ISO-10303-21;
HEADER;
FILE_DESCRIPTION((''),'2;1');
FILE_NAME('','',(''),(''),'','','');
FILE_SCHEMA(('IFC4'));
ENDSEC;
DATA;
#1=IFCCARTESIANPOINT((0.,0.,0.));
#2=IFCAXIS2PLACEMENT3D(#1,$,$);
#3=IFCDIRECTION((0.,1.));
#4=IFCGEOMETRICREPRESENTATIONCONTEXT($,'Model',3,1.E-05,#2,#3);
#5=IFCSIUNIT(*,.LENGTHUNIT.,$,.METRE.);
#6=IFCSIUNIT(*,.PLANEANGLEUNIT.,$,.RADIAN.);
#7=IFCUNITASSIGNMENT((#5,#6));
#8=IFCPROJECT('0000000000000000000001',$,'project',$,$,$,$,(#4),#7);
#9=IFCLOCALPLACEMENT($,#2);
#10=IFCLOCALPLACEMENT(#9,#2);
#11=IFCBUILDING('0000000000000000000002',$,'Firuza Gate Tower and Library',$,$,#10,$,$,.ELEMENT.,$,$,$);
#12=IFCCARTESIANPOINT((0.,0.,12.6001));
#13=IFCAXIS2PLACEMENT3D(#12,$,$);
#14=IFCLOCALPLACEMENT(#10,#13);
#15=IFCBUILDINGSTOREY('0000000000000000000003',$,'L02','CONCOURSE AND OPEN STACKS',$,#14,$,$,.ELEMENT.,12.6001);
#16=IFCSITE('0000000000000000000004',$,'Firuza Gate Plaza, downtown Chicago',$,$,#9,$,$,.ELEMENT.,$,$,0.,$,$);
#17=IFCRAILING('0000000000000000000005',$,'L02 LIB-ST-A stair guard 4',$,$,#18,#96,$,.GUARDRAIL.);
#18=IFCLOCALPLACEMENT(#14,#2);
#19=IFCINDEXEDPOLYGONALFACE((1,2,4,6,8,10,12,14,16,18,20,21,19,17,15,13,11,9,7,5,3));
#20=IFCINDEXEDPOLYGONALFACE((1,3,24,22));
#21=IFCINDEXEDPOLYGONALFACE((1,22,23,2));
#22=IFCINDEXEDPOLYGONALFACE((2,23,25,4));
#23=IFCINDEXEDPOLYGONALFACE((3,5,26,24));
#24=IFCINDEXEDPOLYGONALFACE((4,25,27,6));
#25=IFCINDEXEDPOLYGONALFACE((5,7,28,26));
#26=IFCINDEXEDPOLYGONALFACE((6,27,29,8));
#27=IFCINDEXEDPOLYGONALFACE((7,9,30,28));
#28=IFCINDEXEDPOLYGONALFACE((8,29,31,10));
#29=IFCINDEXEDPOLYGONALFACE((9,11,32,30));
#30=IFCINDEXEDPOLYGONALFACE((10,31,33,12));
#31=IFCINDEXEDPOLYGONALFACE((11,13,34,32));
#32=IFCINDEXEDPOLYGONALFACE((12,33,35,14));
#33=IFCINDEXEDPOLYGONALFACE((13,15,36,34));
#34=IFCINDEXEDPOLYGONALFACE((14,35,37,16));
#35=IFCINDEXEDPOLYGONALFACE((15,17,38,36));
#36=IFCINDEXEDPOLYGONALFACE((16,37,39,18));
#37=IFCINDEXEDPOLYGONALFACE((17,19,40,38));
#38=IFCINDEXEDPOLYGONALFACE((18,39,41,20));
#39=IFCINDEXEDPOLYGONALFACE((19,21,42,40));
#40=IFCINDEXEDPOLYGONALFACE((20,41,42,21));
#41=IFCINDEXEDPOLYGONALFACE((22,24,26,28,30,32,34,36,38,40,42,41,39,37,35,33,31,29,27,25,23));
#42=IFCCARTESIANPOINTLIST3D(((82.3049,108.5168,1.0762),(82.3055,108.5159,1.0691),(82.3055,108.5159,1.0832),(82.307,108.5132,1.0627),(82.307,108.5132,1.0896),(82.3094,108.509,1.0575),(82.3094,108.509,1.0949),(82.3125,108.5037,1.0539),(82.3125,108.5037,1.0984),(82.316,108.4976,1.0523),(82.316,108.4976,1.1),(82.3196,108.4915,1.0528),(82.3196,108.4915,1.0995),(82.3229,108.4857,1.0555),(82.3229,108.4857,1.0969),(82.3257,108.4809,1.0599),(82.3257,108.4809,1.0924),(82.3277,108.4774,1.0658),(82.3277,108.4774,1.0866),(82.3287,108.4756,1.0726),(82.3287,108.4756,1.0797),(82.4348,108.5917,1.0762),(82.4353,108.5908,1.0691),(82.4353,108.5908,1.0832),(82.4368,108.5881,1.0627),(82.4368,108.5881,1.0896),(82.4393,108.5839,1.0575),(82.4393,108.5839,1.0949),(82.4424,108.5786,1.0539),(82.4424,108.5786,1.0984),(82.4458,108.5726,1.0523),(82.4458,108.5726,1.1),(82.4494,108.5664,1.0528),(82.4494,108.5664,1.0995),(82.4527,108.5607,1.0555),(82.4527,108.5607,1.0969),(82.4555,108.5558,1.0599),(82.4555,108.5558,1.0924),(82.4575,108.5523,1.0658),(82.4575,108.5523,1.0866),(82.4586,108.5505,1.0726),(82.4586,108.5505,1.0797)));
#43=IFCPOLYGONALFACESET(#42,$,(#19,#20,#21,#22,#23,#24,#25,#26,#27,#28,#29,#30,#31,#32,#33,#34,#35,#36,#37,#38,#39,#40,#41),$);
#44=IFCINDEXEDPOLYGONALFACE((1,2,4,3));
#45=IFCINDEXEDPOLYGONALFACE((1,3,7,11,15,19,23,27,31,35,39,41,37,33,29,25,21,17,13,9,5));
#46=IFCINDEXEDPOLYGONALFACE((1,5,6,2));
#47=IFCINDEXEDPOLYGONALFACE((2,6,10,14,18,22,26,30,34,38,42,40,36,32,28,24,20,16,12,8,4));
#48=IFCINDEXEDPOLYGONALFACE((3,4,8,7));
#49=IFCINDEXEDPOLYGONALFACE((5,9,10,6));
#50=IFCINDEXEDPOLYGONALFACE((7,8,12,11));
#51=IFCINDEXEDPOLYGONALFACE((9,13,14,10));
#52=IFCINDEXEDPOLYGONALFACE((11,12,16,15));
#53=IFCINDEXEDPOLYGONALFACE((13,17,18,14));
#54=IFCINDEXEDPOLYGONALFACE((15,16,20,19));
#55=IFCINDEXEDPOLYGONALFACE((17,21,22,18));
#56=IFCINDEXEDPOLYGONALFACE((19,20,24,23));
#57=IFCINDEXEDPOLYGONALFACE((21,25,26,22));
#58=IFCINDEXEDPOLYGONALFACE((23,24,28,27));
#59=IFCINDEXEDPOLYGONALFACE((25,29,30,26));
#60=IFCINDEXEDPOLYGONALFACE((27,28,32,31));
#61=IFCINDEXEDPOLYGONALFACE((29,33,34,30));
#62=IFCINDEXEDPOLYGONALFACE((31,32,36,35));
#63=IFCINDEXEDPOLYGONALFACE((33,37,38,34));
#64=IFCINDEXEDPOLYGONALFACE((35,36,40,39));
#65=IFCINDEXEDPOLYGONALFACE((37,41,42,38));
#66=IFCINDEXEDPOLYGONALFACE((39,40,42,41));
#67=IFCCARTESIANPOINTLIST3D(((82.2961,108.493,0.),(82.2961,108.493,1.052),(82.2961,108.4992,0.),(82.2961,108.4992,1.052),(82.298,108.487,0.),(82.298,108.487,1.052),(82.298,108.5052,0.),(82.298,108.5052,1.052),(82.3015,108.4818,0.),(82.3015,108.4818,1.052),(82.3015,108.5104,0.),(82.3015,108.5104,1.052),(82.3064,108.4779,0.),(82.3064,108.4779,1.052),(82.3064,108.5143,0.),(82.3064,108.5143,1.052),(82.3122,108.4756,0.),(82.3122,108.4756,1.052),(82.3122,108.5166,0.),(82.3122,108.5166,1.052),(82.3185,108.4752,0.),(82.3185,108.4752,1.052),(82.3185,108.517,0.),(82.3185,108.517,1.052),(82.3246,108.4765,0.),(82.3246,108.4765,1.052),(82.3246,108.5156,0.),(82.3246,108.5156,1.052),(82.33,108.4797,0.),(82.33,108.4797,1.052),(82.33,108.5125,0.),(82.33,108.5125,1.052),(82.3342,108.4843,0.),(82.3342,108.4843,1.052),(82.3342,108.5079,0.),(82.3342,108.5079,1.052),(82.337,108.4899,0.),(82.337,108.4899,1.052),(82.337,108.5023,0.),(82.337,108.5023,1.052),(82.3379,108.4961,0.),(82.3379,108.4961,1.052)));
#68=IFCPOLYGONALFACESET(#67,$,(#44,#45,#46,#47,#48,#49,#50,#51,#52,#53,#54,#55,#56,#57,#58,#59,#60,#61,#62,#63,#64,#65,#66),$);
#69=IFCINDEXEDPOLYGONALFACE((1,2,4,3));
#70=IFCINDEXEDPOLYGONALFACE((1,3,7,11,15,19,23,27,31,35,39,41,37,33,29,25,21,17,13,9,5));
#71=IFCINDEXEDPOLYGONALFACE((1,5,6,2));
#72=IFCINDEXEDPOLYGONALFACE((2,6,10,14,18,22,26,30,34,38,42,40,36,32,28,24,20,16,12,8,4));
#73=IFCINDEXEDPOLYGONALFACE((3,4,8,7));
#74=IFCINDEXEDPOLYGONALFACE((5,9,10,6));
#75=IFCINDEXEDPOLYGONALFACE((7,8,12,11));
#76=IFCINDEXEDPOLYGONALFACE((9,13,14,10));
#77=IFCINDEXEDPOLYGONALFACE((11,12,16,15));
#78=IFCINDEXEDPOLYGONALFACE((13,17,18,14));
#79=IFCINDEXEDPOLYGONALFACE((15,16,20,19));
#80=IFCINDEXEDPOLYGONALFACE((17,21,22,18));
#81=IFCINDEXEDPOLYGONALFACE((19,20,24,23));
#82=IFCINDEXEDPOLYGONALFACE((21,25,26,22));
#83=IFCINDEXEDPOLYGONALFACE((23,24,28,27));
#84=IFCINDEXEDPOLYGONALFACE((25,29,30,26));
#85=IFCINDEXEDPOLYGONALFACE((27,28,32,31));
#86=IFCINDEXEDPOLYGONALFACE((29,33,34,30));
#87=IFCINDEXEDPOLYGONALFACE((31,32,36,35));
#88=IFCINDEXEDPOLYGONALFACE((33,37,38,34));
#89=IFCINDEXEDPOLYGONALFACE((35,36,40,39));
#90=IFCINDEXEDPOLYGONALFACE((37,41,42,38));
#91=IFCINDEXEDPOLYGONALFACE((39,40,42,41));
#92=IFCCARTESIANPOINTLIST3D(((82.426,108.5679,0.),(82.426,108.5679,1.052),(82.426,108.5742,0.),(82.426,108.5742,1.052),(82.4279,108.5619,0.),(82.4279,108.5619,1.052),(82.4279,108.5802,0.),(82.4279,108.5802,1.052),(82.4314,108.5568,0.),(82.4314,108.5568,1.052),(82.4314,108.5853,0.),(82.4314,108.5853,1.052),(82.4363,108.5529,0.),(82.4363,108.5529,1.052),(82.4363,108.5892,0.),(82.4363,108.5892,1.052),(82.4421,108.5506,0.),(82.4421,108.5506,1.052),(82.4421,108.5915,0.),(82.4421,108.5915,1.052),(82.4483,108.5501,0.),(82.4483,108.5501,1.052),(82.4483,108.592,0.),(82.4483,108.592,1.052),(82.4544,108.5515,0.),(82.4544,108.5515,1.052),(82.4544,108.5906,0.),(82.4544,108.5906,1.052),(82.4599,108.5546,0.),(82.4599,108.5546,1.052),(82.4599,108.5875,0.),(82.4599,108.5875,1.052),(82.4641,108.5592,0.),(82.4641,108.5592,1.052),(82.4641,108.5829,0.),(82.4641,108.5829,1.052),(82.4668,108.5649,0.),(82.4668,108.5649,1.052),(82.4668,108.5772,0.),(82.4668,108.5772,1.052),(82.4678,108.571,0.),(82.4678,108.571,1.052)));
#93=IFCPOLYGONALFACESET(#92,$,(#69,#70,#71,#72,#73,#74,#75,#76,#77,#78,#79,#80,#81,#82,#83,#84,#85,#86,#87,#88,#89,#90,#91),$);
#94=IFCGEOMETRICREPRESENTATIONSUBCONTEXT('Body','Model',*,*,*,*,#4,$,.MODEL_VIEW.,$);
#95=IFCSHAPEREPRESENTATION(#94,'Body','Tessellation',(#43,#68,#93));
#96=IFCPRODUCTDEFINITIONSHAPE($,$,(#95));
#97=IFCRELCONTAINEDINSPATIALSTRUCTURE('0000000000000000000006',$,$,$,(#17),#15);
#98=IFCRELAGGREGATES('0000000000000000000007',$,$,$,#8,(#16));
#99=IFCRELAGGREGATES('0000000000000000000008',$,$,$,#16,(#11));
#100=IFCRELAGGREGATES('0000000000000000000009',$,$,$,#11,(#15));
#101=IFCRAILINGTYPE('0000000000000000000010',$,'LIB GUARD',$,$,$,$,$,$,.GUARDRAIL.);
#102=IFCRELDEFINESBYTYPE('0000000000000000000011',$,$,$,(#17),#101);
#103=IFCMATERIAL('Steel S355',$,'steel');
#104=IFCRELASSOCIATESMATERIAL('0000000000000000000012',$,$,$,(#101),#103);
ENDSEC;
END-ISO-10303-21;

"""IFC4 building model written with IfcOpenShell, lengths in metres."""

from ifc_helpers import new_model, si_unit, direction, frame, origin, origin_2d, place, context, subcontext, project, spatial, circle, extrude, material, type_object, element, save


model = new_model("IFC4")

# Units and contexts
model_context = context("Model", 3, precision=1e-05, world=origin(), true_north=direction((0.0, 1.0)))
body_context = subcontext(model_context, "Body", "Model", "MODEL_VIEW")
ifc_project = project(units=[si_unit("LENGTHUNIT", "METRE"), si_unit("PLANEANGLEUNIT", "RADIAN")], contexts=[model_context])

# Site, building, storey
site_placement = place(None, origin())
site = spatial("IfcSite", under=ifc_project, at=site_placement, Name="Firuza Gate Plaza, downtown Chicago", CompositionType="ELEMENT", RefElevation=0.0)
building_placement = place(site_placement, origin())
building = spatial("IfcBuilding", under=site, at=building_placement, Name="Firuza Gate Tower and Library", CompositionType="ELEMENT")
storey_placement = place(building_placement, frame((0.0, 0.0, 12.6001)))
storey = spatial("IfcBuildingStorey", under=building, at=storey_placement, Name="L02", Description="CONCOURSE AND OPEN STACKS", CompositionType="ELEMENT", Elevation=12.6001)

# Railing
ifc_material_1 = material(Name="Steel S355", Category="steel")
railing_type_1 = type_object("IfcRailingType", Name="LIB GUARD", PredefinedType="GUARDRAIL", material=ifc_material_1)
railing_1_placement = place(storey_placement, frame((82.3169, 108.4961, 0.0)))
element("IfcRailing", 1, at=railing_1_placement, inside=storey, type_object=railing_type_1, Name="L02 LIB-ST-A stair guard 4", PredefinedType="GUARDRAIL", context=body_context, shape_type="SweptSolid", body=[
    extrude(circle(Radius=0.0239, at=origin_2d()), frame((0.0, 0.0, 1.0762), z_axis=(0.866131, 0.499816, 0.0), x_axis=(-0.499816, 0.866131, 0.0)), (0.0, 0.0, 1.0), 0.1499),
    extrude(circle(Radius=0.021, at=origin_2d()), origin(), (0.0, 0.0, 1.0), 1.052),
    extrude(circle(Radius=0.021, at=origin_2d()), frame((0.1299, 0.075, 0.0)), (0.0, 0.0, 1.0), 1.052),
])

save(model, "model.ifc")
